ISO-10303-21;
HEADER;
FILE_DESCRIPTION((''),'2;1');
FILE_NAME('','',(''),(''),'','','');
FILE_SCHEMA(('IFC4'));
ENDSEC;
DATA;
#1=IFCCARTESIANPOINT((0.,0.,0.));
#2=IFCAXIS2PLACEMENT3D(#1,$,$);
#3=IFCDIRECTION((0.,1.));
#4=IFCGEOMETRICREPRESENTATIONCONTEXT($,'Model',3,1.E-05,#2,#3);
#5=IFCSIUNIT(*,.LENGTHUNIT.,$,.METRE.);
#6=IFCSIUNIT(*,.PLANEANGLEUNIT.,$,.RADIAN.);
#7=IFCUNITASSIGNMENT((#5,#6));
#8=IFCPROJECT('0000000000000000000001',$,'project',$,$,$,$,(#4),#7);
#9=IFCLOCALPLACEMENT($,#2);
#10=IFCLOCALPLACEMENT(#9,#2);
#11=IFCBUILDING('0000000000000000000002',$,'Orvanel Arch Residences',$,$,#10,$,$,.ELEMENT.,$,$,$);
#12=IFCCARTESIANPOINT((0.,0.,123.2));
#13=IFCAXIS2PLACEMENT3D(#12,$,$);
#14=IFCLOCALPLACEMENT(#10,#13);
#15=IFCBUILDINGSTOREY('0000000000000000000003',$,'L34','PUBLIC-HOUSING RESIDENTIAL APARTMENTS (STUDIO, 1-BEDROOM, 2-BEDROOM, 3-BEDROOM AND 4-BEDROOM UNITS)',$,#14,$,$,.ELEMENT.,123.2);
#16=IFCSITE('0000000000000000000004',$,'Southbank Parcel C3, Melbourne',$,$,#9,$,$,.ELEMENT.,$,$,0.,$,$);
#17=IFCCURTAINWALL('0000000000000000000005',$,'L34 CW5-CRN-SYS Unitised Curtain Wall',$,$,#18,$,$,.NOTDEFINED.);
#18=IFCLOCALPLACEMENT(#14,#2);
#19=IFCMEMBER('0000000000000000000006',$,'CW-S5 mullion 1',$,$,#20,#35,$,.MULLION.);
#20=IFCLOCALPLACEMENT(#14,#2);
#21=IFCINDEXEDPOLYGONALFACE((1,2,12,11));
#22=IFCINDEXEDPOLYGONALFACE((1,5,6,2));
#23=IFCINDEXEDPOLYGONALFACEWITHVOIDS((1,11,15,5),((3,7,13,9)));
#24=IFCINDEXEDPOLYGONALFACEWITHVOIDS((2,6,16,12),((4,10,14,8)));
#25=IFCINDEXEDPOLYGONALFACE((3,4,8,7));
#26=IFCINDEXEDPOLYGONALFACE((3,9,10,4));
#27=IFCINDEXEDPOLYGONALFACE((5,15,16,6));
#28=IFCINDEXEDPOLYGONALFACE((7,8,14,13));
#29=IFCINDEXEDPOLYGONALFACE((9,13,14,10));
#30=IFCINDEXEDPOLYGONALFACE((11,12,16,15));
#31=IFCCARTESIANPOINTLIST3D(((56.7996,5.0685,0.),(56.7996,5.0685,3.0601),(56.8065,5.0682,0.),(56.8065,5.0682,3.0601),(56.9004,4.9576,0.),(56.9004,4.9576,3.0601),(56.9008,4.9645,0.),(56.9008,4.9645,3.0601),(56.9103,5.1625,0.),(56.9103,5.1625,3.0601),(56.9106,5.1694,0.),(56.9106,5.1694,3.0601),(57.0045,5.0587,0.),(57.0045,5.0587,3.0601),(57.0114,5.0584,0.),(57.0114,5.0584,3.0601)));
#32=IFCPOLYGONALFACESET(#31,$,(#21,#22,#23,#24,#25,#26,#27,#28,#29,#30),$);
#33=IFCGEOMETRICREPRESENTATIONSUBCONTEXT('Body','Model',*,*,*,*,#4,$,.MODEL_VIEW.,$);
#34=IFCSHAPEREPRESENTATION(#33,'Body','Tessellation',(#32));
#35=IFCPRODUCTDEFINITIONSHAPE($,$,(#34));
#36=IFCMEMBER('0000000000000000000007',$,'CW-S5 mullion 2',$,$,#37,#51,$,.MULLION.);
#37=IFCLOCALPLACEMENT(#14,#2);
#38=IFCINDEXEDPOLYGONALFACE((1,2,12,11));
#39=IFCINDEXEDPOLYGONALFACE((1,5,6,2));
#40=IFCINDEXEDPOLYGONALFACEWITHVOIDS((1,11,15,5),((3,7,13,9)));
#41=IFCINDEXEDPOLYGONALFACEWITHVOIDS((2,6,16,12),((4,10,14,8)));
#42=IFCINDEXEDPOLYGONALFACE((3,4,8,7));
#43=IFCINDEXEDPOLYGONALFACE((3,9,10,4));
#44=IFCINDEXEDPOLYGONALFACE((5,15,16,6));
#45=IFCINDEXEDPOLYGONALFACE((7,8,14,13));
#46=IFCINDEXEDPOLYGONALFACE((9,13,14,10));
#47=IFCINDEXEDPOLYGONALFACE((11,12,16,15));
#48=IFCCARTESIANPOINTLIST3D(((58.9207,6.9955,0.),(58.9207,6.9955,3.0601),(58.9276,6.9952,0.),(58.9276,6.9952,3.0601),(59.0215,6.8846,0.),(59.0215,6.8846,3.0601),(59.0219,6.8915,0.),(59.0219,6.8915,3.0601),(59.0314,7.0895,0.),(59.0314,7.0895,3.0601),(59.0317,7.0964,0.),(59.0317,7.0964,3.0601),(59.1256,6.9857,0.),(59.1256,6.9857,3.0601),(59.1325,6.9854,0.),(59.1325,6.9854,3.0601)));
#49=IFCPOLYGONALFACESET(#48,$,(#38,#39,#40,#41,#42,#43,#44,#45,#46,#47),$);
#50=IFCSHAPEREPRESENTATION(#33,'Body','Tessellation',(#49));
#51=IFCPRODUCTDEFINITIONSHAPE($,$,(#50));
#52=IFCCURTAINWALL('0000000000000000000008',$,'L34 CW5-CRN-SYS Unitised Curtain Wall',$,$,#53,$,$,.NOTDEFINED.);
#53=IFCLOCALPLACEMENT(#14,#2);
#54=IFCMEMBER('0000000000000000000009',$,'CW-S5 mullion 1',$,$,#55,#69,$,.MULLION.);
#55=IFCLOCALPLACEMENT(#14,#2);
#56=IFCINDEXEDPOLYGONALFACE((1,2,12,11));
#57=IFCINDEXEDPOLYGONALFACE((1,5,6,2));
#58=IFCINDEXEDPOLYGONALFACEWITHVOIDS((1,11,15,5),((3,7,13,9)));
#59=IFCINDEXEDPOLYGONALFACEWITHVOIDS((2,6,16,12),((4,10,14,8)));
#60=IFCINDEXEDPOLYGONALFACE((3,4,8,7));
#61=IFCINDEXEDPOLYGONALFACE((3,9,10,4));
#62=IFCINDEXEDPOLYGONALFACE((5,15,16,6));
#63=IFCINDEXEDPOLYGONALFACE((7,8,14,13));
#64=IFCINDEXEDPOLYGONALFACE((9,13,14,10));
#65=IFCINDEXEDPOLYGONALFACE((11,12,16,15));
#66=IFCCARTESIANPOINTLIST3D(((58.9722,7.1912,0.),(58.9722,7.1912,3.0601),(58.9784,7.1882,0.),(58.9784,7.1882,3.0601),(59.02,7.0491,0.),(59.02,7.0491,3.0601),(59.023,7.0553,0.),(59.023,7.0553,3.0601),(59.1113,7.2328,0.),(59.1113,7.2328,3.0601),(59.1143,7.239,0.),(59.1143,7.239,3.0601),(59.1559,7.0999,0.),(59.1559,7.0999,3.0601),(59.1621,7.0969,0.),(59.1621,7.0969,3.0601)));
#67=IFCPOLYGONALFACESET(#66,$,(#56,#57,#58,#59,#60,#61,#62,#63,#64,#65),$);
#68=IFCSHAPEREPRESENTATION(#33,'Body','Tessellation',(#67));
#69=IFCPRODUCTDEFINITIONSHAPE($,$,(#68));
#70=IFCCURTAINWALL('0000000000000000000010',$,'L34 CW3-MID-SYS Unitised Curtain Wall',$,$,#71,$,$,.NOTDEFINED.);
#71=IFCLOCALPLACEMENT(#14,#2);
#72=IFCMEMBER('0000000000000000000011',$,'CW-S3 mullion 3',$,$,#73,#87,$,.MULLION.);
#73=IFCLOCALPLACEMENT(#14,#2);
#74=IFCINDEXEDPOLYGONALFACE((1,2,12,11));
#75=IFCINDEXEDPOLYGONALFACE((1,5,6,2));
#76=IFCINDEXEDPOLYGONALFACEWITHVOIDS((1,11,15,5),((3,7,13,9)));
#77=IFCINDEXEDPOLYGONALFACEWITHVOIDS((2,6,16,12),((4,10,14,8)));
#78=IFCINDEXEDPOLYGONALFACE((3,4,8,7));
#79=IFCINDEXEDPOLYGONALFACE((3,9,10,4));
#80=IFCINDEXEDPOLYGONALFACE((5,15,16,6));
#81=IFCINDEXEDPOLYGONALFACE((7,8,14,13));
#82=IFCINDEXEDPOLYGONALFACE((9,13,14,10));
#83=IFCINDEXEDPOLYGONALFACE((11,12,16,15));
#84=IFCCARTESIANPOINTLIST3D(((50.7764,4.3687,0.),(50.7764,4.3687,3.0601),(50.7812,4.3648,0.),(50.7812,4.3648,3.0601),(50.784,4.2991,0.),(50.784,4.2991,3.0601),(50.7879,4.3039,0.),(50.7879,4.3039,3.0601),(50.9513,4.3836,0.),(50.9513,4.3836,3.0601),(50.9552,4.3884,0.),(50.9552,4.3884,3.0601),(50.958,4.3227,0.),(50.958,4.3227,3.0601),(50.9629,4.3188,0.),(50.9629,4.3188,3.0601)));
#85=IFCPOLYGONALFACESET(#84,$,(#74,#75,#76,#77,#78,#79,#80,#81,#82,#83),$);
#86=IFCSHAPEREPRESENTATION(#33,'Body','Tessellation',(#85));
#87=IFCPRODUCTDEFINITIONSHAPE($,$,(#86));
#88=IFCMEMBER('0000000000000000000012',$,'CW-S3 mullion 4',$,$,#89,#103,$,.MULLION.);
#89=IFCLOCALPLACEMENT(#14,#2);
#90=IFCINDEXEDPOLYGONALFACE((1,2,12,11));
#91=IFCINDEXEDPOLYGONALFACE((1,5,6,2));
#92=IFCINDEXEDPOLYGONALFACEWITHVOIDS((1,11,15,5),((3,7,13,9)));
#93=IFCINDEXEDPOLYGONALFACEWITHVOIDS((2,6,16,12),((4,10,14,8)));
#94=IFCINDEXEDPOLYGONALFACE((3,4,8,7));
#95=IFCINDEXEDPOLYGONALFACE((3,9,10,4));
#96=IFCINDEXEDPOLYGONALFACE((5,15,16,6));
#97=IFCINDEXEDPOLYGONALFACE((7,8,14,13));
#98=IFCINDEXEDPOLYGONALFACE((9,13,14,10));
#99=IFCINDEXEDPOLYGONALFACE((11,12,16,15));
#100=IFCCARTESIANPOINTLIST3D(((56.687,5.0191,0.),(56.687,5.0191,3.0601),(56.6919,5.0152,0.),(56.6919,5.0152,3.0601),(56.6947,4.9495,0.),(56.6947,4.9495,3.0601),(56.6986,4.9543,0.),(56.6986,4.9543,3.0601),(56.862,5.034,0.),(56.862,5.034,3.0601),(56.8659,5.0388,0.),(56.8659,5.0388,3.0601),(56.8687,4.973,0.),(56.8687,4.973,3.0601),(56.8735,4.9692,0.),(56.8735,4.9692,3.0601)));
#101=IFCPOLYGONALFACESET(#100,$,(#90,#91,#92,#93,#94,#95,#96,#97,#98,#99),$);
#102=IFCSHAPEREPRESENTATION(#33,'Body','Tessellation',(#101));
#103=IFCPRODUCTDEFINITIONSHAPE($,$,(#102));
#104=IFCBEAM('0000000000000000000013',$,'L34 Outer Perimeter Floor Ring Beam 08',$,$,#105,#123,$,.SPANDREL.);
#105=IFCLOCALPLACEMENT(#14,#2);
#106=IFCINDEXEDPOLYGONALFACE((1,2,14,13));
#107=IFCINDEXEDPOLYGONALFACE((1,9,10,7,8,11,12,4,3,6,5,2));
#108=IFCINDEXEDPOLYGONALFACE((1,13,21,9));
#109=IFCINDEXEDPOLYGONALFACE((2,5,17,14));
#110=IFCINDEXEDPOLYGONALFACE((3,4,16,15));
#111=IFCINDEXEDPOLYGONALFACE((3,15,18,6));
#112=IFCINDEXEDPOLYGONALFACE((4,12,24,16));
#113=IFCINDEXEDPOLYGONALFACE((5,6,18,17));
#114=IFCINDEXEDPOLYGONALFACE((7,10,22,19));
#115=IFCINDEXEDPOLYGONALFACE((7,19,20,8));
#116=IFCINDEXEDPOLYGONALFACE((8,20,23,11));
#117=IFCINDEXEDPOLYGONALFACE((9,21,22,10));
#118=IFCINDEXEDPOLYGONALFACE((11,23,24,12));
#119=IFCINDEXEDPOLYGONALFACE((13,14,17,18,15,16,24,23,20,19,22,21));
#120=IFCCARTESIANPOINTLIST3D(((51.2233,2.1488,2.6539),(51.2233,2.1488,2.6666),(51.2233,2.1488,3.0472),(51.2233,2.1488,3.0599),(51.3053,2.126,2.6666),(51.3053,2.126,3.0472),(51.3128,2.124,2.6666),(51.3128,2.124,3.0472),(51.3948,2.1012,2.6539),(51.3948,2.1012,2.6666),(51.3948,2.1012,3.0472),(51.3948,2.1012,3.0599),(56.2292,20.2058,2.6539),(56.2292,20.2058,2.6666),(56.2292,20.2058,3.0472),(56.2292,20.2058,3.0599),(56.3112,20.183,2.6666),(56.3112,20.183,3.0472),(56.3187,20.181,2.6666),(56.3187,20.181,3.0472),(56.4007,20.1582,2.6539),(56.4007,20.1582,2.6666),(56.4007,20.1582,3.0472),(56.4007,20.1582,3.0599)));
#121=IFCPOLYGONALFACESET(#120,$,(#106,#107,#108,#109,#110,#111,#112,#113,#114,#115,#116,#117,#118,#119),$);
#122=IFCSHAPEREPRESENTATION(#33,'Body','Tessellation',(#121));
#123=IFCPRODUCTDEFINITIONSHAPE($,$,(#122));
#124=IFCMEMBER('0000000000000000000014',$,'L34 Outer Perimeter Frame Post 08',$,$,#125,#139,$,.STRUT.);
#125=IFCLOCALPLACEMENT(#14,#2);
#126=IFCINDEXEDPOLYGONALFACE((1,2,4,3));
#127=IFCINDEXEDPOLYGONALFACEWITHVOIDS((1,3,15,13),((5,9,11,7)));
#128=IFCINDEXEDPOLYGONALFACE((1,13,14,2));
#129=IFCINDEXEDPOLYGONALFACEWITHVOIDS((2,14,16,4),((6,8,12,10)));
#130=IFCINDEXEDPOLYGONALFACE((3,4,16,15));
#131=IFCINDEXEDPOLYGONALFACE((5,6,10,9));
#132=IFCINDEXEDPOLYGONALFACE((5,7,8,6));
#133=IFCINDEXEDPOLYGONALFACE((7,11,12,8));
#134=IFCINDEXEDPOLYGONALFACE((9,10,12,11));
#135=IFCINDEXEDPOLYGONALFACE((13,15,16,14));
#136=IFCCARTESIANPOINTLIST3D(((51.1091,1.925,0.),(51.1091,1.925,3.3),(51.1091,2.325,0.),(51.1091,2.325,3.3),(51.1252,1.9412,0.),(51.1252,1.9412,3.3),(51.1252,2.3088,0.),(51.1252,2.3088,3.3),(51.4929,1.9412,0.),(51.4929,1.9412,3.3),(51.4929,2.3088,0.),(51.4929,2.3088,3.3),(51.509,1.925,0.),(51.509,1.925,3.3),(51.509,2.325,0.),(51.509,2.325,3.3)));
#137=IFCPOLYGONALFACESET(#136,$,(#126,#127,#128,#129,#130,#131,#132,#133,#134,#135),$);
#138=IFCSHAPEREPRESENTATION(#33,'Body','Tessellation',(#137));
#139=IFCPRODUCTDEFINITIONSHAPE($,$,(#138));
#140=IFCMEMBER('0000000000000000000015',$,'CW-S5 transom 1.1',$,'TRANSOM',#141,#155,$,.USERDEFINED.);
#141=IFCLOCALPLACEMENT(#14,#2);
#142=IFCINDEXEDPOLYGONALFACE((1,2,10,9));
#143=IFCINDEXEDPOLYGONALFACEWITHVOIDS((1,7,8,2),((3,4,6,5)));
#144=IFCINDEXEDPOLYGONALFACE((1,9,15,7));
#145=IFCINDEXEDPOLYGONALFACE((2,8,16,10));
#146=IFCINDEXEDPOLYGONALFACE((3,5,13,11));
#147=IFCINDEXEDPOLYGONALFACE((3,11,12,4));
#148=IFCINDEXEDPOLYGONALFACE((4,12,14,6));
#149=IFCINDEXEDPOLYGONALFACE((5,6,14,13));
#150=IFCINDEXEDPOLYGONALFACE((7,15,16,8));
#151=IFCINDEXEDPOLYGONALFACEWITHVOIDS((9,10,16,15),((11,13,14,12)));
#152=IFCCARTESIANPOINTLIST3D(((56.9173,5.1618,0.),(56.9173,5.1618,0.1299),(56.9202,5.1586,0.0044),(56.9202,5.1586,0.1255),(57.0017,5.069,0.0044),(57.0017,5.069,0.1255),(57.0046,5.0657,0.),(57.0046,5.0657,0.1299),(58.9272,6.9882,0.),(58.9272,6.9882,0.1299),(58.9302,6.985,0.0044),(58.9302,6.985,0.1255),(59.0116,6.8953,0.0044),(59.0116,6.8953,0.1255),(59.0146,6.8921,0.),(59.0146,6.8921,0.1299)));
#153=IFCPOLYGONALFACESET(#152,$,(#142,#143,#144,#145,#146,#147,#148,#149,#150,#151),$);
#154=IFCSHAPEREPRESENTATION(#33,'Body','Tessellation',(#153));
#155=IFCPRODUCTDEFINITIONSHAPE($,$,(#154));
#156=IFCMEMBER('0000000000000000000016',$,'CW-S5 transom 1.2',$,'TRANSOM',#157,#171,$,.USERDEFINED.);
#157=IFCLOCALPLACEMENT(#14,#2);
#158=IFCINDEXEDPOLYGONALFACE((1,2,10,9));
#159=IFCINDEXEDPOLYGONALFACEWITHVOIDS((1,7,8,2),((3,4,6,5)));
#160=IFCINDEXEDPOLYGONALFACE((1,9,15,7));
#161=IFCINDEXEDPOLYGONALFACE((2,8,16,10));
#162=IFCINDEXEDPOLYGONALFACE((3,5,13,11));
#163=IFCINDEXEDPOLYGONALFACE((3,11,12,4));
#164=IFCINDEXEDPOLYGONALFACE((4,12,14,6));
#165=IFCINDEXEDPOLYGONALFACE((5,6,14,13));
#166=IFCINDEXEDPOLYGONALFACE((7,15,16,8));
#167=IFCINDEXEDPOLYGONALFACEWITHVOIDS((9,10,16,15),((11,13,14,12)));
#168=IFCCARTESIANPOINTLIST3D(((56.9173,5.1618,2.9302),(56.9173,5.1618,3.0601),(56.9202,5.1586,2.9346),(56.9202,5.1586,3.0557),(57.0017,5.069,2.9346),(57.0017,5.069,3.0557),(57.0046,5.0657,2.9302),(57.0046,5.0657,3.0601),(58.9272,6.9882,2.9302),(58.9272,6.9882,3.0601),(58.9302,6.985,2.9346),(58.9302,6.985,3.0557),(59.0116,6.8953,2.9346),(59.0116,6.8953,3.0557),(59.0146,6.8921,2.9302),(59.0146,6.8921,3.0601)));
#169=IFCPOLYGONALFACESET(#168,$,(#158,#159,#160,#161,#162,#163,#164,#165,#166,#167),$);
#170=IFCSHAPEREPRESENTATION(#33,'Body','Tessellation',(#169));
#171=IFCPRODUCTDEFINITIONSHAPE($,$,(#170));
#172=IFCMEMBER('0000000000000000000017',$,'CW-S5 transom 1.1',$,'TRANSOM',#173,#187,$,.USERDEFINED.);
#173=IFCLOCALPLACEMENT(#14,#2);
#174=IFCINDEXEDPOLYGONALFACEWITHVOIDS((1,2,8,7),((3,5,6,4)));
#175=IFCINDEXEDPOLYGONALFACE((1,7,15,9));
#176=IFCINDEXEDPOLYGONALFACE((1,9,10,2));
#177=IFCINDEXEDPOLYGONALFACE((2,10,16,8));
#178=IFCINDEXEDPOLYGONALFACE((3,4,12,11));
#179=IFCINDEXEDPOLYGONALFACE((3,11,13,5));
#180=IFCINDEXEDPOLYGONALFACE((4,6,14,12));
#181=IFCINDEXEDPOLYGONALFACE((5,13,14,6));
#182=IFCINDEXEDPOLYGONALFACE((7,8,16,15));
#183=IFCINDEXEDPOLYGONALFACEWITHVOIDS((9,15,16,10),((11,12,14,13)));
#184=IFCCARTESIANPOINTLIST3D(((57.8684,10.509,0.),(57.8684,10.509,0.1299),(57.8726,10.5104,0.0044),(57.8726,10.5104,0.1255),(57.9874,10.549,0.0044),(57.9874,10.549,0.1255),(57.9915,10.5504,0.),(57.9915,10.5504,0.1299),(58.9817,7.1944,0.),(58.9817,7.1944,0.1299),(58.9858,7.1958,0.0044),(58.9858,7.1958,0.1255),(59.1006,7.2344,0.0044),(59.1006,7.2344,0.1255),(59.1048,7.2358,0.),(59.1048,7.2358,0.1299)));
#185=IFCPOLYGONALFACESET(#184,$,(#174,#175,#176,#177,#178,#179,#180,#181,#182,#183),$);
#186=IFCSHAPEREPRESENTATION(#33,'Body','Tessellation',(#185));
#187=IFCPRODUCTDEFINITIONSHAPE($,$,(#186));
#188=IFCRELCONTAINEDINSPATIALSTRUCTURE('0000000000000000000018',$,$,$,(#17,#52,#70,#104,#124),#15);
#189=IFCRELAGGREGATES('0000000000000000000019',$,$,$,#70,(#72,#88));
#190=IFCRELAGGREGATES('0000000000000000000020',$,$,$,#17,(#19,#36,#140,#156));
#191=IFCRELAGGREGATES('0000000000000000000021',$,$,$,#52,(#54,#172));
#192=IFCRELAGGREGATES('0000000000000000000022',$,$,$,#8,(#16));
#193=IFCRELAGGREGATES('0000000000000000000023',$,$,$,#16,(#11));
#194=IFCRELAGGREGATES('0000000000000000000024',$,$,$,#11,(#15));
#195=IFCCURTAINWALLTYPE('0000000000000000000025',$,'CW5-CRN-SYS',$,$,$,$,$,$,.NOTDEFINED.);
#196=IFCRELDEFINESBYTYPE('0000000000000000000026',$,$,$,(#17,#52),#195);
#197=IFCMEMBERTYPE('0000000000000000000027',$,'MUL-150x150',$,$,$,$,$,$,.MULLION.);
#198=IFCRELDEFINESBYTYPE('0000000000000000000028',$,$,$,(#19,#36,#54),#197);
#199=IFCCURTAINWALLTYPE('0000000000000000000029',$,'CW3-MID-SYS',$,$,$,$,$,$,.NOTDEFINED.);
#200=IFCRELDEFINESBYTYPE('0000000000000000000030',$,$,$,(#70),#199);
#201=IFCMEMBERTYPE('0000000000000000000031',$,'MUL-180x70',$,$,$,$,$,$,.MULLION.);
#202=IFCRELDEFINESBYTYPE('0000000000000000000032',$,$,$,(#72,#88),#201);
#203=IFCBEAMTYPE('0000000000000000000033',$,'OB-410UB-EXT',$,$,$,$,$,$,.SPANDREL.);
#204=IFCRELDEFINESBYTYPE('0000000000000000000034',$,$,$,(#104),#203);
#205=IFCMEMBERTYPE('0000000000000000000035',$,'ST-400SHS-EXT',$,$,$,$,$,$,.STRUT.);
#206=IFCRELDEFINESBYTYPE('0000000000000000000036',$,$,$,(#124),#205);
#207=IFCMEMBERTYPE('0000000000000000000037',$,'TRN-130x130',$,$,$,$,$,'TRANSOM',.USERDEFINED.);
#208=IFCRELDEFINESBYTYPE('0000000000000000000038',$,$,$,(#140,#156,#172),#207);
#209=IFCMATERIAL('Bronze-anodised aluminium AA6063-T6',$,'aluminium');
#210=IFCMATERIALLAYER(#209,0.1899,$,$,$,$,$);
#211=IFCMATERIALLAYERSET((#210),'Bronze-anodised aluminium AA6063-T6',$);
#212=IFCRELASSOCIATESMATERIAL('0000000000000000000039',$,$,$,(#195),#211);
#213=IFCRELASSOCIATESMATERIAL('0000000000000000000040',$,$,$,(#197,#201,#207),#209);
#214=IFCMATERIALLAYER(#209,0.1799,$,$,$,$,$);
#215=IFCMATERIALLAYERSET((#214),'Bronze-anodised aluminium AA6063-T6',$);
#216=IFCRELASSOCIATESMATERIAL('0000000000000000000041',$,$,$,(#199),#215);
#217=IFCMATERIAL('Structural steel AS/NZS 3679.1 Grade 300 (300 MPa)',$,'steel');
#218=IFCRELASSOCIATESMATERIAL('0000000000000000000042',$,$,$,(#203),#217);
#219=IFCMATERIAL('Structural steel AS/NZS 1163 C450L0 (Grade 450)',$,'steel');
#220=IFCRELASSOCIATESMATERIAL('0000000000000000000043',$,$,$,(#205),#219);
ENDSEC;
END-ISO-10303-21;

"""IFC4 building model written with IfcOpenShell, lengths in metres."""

from ifc_helpers import new_model, si_unit, direction, frame, origin, origin_2d, place, context, subcontext, project, spatial, hollow_rectangle, i_section, extrude, material, layer, layer_set, material_profile, profile_set, type_object, element, aggregate, save


model = new_model("IFC4")

# Units and contexts
model_context = context("Model", 3, precision=1e-05, world=origin(), true_north=direction((0.0, 1.0)))
body_context = subcontext(model_context, "Body", "Model", "MODEL_VIEW")
ifc_project = project(units=[si_unit("LENGTHUNIT", "METRE"), si_unit("PLANEANGLEUNIT", "RADIAN")], contexts=[model_context])

# Site, building, storey
site_placement = place(None, origin())
site = spatial("IfcSite", under=ifc_project, at=site_placement, Name="Southbank Parcel C3, Melbourne", CompositionType="ELEMENT", RefElevation=0.0)
building_placement = place(site_placement, origin())
building = spatial("IfcBuilding", under=site, at=building_placement, Name="Orvanel Arch Residences", CompositionType="ELEMENT")
storey_placement = place(building_placement, frame((0.0, 0.0, 123.2)))
storey = spatial("IfcBuildingStorey", under=building, at=storey_placement, Name="L34", Description="PUBLIC-HOUSING RESIDENTIAL APARTMENTS (STUDIO, 1-BEDROOM, 2-BEDROOM, 3-BEDROOM AND 4-BEDROOM UNITS)", CompositionType="ELEMENT", Elevation=123.2)

# Curtain wall, members
ifc_material_1 = material(Name="Bronze-anodised aluminium AA6063-T6", Category="aluminium")
ifc_layer_1 = layer(ifc_material_1, 0.1899)
ifc_layer_set_1 = layer_set([ifc_layer_1], Name="Bronze-anodised aluminium AA6063-T6")
curtain_wall_type_1 = type_object("IfcCurtainWallType", Name="CW5-CRN-SYS", PredefinedType="NOTDEFINED", material=ifc_layer_set_1)
curtain_wall_1_placement = place(storey_placement, origin())
curtain_wall_1 = element("IfcCurtainWall", 1, at=curtain_wall_1_placement, inside=storey, type_object=curtain_wall_type_1, Name="L34 CW5-CRN-SYS Unitised Curtain Wall", PredefinedType="NOTDEFINED")
ifc_material_profile_1 = material_profile(ifc_material_1, hollow_rectangle(XDim=0.1499, YDim=0.1499, WallThickness=0.0049, at=origin_2d()), Name="ALU150x150x5")
ifc_profile_set_1 = profile_set([ifc_material_profile_1], Name="Bronze-anodised aluminium AA6063-T6")
member_type_1 = type_object("IfcMemberType", Name="MUL-150x150", PredefinedType="MULLION", material=ifc_profile_set_1)
member_1_placement = place(storey_placement, frame((56.9055, 5.0635, 0.0), z_axis=(0.0, 0.0, 1.0), x_axis=(-0.672475, 0.74012, 0.0)))
member_1 = element("IfcMember", 2, at=member_1_placement, type_object=member_type_1, Name="CW-S5 mullion 1", PredefinedType="MULLION", context=body_context, shape_type="SweptSolid", body=[
    extrude(hollow_rectangle(XDim=0.1499, YDim=0.1499, WallThickness=0.0049, at=origin_2d()), origin(), (0.0, 0.0, 1.0), 3.0601),
])
member_2_placement = place(storey_placement, frame((59.0266, 6.9905, 0.0), z_axis=(0.0, 0.0, 1.0), x_axis=(-0.672475, 0.74012, 0.0)))
member_2 = element("IfcMember", 3, at=member_2_placement, type_object=member_type_1, Name="CW-S5 mullion 2", PredefinedType="MULLION", context=body_context, shape_type="SweptSolid", body=[
    extrude(hollow_rectangle(XDim=0.1499, YDim=0.1499, WallThickness=0.0049, at=origin_2d()), origin(), (0.0, 0.0, 1.0), 3.0601),
])

# Curtain wall, member
curtain_wall_2_placement = place(storey_placement, origin())
curtain_wall_2 = element("IfcCurtainWall", 4, at=curtain_wall_2_placement, inside=storey, type_object=curtain_wall_type_1, Name="L34 CW5-CRN-SYS Unitised Curtain Wall", PredefinedType="NOTDEFINED")
member_3_placement = place(storey_placement, frame((59.0671, 7.144, 0.0), z_axis=(0.0, 0.0, 1.0), x_axis=(-0.947955, -0.318403, 0.0)))
member_3 = element("IfcMember", 5, at=member_3_placement, type_object=member_type_1, Name="CW-S5 mullion 1", PredefinedType="MULLION", context=body_context, shape_type="SweptSolid", body=[
    extrude(hollow_rectangle(XDim=0.1499, YDim=0.1499, WallThickness=0.0049, at=origin_2d()), origin(), (0.0, 0.0, 1.0), 3.0601),
])

# Curtain wall, members
ifc_layer_2 = layer(ifc_material_1, 0.1799)
ifc_layer_set_2 = layer_set([ifc_layer_2], Name="Bronze-anodised aluminium AA6063-T6")
curtain_wall_type_2 = type_object("IfcCurtainWallType", Name="CW3-MID-SYS", PredefinedType="NOTDEFINED", material=ifc_layer_set_2)
curtain_wall_3_placement = place(storey_placement, origin())
curtain_wall_3 = element("IfcCurtainWall", 6, at=curtain_wall_3_placement, inside=storey, type_object=curtain_wall_type_2, Name="L34 CW3-MID-SYS Unitised Curtain Wall", PredefinedType="NOTDEFINED")
ifc_material_profile_2 = material_profile(ifc_material_1, hollow_rectangle(XDim=0.0701, YDim=0.1799, WallThickness=0.0044, at=origin_2d()), Name="ALU180x70x4.5")
ifc_profile_set_2 = profile_set([ifc_material_profile_2], Name="Bronze-anodised aluminium AA6063-T6")
member_type_2 = type_object("IfcMemberType", Name="MUL-180x70", PredefinedType="MULLION", material=ifc_profile_set_2)
member_4_placement = place(storey_placement, frame((50.8696, 4.3438, 0.0), z_axis=(0.0, 0.0, 1.0), x_axis=(-0.109398, 0.993998, 0.0)))
member_4 = element("IfcMember", 7, at=member_4_placement, type_object=member_type_2, Name="CW-S3 mullion 3", PredefinedType="MULLION", context=body_context, shape_type="SweptSolid", body=[
    extrude(hollow_rectangle(XDim=0.0701, YDim=0.1799, WallThickness=0.0044, at=origin_2d()), origin(), (0.0, 0.0, 1.0), 3.0601),
])
member_5_placement = place(storey_placement, frame((56.7803, 4.9941, 0.0), z_axis=(0.0, 0.0, 1.0), x_axis=(-0.109398, 0.993998, 0.0)))
member_5 = element("IfcMember", 8, at=member_5_placement, type_object=member_type_2, Name="CW-S3 mullion 4", PredefinedType="MULLION", context=body_context, shape_type="SweptSolid", body=[
    extrude(hollow_rectangle(XDim=0.0701, YDim=0.1799, WallThickness=0.0044, at=origin_2d()), origin(), (0.0, 0.0, 1.0), 3.0601),
])

# Beam
ifc_material_2 = material(Name="Structural steel AS/NZS 3679.1 Grade 300 (300 MPa)", Category="steel")
ifc_material_profile_3 = material_profile(ifc_material_2, i_section(OverallWidth=0.178, OverallDepth=0.406, WebThickness=0.0078, FlangeThickness=0.0127, at=origin_2d()), Name="410UB59.7")
ifc_profile_set_3 = profile_set([ifc_material_profile_3], Name="Structural steel AS/NZS 3679.1 Grade 300 (300 MPa)")
beam_type = type_object("IfcBeamType", Name="OB-410UB-EXT", PredefinedType="SPANDREL", material=ifc_profile_set_3)
beam_placement = place(storey_placement, frame((51.3091, 2.125, 2.8569), z_axis=(0.267151, 0.963655, 0.0), x_axis=(-0.963655, 0.267151, 0.0)))
element("IfcBeam", 9, at=beam_placement, inside=storey, type_object=beam_type, Name="L34 Outer Perimeter Floor Ring Beam 08", PredefinedType="SPANDREL", context=body_context, shape_type="SweptSolid", body=[
    extrude(i_section(OverallWidth=0.178, OverallDepth=0.406, WebThickness=0.0078, FlangeThickness=0.0127, at=origin_2d()), origin(), (0.0, 0.0, 1.0), 18.738),
])

# Members
ifc_material_3 = material(Name="Structural steel AS/NZS 1163 C450L0 (Grade 450)", Category="steel")
ifc_material_profile_4 = material_profile(ifc_material_3, hollow_rectangle(XDim=0.3999, YDim=0.3999, WallThickness=0.0161, at=origin_2d()), Name="SHS400x400x16")
ifc_profile_set_4 = profile_set([ifc_material_profile_4], Name="Structural steel AS/NZS 1163 C450L0 (Grade 450)")
member_type_3 = type_object("IfcMemberType", Name="ST-400SHS-EXT", PredefinedType="STRUT", material=ifc_profile_set_4)
member_6_placement = place(storey_placement, frame((51.3091, 2.125, 0.0), z_axis=(0.0, 0.0, 1.0), x_axis=(1.0, 0.0, 0.0)))
element("IfcMember", 10, at=member_6_placement, inside=storey, type_object=member_type_3, Name="L34 Outer Perimeter Frame Post 08", PredefinedType="STRUT", context=body_context, shape_type="SweptSolid", body=[
    extrude(hollow_rectangle(XDim=0.3999, YDim=0.3999, WallThickness=0.0161, at=origin_2d()), origin(), (0.0, 0.0, 1.0), 3.3),
])
ifc_material_profile_5 = material_profile(ifc_material_1, hollow_rectangle(XDim=0.1299, YDim=0.1299, WallThickness=0.0044, at=origin_2d()), Name="ALU130x130x4.5")
ifc_profile_set_5 = profile_set([ifc_material_profile_5], Name="Bronze-anodised aluminium AA6063-T6")
member_type_4 = type_object("IfcMemberType", Name="TRN-130x130", ElementType="TRANSOM", PredefinedType="USERDEFINED", material=ifc_profile_set_5)
member_7_placement = place(storey_placement, frame((56.9609, 5.1138, 0.0649), z_axis=(0.740099, 0.672498, 0.0), x_axis=(-0.672498, 0.740099, 0.0)))
member_7 = element("IfcMember", 11, at=member_7_placement, type_object=member_type_4, Name="CW-S5 transom 1.1", ObjectType="TRANSOM", PredefinedType="USERDEFINED", context=body_context, shape_type="SweptSolid", body=[
    extrude(hollow_rectangle(XDim=0.1299, YDim=0.1299, WallThickness=0.0044, at=origin_2d()), origin(), (0.0, 0.0, 1.0), 2.7158),
])
member_8_placement = place(storey_placement, frame((56.9609, 5.1138, 2.9951), z_axis=(0.740099, 0.672498, 0.0), x_axis=(-0.672498, 0.740099, 0.0)))
member_8 = element("IfcMember", 12, at=member_8_placement, type_object=member_type_4, Name="CW-S5 transom 1.2", ObjectType="TRANSOM", PredefinedType="USERDEFINED", context=body_context, shape_type="SweptSolid", body=[
    extrude(hollow_rectangle(XDim=0.1299, YDim=0.1299, WallThickness=0.0044, at=origin_2d()), origin(), (0.0, 0.0, 1.0), 2.7158),
])
member_9_placement = place(storey_placement, frame((59.0432, 7.2151, 0.0649), z_axis=(-0.318384, 0.947962, 0.0), x_axis=(-0.947962, -0.318384, 0.0)))
member_9 = element("IfcMember", 13, at=member_9_placement, type_object=member_type_4, Name="CW-S5 transom 1.1", ObjectType="TRANSOM", PredefinedType="USERDEFINED", context=body_context, shape_type="SweptSolid", body=[
    extrude(hollow_rectangle(XDim=0.1299, YDim=0.1299, WallThickness=0.0044, at=origin_2d()), origin(), (0.0, 0.0, 1.0), 3.4966),
])

aggregate(curtain_wall_3, [member_4, member_5])
aggregate(curtain_wall_1, [member_1, member_2, member_7, member_8])
aggregate(curtain_wall_2, [member_3, member_9])

save(model, "model.ifc")
